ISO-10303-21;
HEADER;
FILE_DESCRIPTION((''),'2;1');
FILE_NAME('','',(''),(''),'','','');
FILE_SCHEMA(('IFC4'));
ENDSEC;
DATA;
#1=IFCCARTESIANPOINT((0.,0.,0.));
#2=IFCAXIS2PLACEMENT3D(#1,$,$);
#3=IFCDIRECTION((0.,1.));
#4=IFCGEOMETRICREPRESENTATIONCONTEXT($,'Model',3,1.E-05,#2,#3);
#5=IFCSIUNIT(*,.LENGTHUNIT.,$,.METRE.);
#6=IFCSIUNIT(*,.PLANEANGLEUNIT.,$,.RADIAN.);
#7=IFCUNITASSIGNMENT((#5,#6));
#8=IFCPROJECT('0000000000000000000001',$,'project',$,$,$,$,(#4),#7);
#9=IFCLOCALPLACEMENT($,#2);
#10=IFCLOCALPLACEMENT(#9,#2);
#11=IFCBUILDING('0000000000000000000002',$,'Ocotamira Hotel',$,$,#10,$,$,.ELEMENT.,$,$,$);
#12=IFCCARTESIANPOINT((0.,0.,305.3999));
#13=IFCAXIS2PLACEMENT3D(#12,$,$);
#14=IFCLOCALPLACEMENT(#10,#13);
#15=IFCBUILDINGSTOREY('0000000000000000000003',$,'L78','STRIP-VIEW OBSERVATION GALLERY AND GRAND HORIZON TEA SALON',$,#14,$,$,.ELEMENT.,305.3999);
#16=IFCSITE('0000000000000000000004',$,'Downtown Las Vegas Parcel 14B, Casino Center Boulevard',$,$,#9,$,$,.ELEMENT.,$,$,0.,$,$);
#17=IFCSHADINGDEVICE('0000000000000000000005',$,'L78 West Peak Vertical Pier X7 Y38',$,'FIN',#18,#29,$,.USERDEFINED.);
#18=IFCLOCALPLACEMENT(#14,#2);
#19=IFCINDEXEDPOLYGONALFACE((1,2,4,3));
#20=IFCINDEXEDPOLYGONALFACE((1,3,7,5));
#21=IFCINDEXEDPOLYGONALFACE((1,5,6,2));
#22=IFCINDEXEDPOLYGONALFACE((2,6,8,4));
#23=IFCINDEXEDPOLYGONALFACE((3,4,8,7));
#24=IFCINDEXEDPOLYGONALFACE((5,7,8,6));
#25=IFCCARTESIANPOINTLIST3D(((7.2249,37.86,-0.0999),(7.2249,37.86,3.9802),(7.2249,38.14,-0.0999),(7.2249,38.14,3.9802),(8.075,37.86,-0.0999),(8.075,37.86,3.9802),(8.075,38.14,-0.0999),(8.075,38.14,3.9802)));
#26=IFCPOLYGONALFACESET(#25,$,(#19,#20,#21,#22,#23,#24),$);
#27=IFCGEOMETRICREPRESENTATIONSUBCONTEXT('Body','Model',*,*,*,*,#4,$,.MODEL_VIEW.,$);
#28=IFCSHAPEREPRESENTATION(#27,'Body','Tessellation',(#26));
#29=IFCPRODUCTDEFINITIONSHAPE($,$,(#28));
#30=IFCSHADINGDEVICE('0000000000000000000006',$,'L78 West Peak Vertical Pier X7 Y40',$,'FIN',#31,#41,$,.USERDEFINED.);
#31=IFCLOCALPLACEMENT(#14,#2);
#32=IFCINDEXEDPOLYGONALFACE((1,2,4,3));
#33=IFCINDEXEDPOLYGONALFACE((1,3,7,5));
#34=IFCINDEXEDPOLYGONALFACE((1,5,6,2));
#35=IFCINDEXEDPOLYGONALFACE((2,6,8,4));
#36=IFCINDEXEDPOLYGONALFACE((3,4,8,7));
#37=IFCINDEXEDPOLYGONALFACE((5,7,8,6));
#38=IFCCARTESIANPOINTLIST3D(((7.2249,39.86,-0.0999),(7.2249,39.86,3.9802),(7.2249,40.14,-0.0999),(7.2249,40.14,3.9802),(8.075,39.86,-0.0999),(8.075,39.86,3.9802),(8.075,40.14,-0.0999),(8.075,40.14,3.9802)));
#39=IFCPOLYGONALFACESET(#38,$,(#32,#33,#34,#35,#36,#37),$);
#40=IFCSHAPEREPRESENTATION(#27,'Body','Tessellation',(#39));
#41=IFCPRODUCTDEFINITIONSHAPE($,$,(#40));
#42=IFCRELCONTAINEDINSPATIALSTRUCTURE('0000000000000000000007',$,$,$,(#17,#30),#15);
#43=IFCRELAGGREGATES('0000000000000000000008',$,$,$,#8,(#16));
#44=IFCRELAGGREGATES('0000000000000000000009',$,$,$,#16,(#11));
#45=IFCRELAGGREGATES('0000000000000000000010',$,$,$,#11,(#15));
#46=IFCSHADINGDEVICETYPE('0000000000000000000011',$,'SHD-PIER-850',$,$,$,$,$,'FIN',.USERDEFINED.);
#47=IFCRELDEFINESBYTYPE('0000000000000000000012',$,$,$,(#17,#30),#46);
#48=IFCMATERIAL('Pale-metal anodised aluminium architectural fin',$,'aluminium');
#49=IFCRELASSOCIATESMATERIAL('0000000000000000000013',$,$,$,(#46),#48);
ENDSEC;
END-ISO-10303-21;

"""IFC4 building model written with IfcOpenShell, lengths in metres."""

from ifc_helpers import new_model, si_unit, direction, frame, origin, origin_2d, place, context, subcontext, project, spatial, rectangle, extrude, source, transform, mapped, material, type_object, element, save


model = new_model("IFC4")

# Units and contexts
model_context = context("Model", 3, precision=1e-05, world=origin(), true_north=direction((0.0, 1.0)))
body_context = subcontext(model_context, "Body", "Model", "MODEL_VIEW")
ifc_project = project(units=[si_unit("LENGTHUNIT", "METRE"), si_unit("PLANEANGLEUNIT", "RADIAN")], contexts=[model_context])

# Site, building, storey
site_placement = place(None, origin())
site = spatial("IfcSite", under=ifc_project, at=site_placement, Name="Downtown Las Vegas Parcel 14B, Casino Center Boulevard", CompositionType="ELEMENT", RefElevation=0.0)
building_placement = place(site_placement, origin())
building = spatial("IfcBuilding", under=site, at=building_placement, Name="Ocotamira Hotel", CompositionType="ELEMENT")
storey_placement = place(building_placement, frame((0.0, 0.0, 305.3999)))
storey = spatial("IfcBuildingStorey", under=building, at=storey_placement, Name="L78", Description="STRIP-VIEW OBSERVATION GALLERY AND GRAND HORIZON TEA SALON", CompositionType="ELEMENT", Elevation=305.3999)

# Shading devices
ifc_material_1 = material(Name="Pale-metal anodised aluminium architectural fin", Category="aluminium")
shading_device_type = type_object("IfcShadingDeviceType", Name="SHD-PIER-850", ElementType="FIN", PredefinedType="USERDEFINED", material=ifc_material_1)
shared_shape_1 = source(origin(), body_context, "Body", "SweptSolid", [
    extrude(rectangle(XDim=0.8501, YDim=0.28, at=origin_2d()), origin(), (0.0, 0.0, 1.0), 4.0801),
])
for number, where, z_axis, x_axis, name in (
    (1, (7.6499, 38.0, -0.0999), (0.0, 0.0, 1.0), (1.0, 0.0, 0.0), "L78 West Peak Vertical Pier X7 Y38"),
    (2, (7.6499, 40.0, -0.0999), (0.0, 0.0, 1.0), (1.0, 0.0, 0.0), "L78 West Peak Vertical Pier X7 Y40"),
):
    element("IfcShadingDevice", number, at=place(storey_placement, frame(where, z_axis=z_axis, x_axis=x_axis)), inside=storey, type_object=shading_device_type, Name=name, ObjectType="FIN", PredefinedType="USERDEFINED", context=body_context, shape_type="MappedRepresentation", body=[
        mapped(shared_shape_1, transform((0.0, 0.0, 0.0), scale=1.0)),
    ])

save(model, "model.ifc")
